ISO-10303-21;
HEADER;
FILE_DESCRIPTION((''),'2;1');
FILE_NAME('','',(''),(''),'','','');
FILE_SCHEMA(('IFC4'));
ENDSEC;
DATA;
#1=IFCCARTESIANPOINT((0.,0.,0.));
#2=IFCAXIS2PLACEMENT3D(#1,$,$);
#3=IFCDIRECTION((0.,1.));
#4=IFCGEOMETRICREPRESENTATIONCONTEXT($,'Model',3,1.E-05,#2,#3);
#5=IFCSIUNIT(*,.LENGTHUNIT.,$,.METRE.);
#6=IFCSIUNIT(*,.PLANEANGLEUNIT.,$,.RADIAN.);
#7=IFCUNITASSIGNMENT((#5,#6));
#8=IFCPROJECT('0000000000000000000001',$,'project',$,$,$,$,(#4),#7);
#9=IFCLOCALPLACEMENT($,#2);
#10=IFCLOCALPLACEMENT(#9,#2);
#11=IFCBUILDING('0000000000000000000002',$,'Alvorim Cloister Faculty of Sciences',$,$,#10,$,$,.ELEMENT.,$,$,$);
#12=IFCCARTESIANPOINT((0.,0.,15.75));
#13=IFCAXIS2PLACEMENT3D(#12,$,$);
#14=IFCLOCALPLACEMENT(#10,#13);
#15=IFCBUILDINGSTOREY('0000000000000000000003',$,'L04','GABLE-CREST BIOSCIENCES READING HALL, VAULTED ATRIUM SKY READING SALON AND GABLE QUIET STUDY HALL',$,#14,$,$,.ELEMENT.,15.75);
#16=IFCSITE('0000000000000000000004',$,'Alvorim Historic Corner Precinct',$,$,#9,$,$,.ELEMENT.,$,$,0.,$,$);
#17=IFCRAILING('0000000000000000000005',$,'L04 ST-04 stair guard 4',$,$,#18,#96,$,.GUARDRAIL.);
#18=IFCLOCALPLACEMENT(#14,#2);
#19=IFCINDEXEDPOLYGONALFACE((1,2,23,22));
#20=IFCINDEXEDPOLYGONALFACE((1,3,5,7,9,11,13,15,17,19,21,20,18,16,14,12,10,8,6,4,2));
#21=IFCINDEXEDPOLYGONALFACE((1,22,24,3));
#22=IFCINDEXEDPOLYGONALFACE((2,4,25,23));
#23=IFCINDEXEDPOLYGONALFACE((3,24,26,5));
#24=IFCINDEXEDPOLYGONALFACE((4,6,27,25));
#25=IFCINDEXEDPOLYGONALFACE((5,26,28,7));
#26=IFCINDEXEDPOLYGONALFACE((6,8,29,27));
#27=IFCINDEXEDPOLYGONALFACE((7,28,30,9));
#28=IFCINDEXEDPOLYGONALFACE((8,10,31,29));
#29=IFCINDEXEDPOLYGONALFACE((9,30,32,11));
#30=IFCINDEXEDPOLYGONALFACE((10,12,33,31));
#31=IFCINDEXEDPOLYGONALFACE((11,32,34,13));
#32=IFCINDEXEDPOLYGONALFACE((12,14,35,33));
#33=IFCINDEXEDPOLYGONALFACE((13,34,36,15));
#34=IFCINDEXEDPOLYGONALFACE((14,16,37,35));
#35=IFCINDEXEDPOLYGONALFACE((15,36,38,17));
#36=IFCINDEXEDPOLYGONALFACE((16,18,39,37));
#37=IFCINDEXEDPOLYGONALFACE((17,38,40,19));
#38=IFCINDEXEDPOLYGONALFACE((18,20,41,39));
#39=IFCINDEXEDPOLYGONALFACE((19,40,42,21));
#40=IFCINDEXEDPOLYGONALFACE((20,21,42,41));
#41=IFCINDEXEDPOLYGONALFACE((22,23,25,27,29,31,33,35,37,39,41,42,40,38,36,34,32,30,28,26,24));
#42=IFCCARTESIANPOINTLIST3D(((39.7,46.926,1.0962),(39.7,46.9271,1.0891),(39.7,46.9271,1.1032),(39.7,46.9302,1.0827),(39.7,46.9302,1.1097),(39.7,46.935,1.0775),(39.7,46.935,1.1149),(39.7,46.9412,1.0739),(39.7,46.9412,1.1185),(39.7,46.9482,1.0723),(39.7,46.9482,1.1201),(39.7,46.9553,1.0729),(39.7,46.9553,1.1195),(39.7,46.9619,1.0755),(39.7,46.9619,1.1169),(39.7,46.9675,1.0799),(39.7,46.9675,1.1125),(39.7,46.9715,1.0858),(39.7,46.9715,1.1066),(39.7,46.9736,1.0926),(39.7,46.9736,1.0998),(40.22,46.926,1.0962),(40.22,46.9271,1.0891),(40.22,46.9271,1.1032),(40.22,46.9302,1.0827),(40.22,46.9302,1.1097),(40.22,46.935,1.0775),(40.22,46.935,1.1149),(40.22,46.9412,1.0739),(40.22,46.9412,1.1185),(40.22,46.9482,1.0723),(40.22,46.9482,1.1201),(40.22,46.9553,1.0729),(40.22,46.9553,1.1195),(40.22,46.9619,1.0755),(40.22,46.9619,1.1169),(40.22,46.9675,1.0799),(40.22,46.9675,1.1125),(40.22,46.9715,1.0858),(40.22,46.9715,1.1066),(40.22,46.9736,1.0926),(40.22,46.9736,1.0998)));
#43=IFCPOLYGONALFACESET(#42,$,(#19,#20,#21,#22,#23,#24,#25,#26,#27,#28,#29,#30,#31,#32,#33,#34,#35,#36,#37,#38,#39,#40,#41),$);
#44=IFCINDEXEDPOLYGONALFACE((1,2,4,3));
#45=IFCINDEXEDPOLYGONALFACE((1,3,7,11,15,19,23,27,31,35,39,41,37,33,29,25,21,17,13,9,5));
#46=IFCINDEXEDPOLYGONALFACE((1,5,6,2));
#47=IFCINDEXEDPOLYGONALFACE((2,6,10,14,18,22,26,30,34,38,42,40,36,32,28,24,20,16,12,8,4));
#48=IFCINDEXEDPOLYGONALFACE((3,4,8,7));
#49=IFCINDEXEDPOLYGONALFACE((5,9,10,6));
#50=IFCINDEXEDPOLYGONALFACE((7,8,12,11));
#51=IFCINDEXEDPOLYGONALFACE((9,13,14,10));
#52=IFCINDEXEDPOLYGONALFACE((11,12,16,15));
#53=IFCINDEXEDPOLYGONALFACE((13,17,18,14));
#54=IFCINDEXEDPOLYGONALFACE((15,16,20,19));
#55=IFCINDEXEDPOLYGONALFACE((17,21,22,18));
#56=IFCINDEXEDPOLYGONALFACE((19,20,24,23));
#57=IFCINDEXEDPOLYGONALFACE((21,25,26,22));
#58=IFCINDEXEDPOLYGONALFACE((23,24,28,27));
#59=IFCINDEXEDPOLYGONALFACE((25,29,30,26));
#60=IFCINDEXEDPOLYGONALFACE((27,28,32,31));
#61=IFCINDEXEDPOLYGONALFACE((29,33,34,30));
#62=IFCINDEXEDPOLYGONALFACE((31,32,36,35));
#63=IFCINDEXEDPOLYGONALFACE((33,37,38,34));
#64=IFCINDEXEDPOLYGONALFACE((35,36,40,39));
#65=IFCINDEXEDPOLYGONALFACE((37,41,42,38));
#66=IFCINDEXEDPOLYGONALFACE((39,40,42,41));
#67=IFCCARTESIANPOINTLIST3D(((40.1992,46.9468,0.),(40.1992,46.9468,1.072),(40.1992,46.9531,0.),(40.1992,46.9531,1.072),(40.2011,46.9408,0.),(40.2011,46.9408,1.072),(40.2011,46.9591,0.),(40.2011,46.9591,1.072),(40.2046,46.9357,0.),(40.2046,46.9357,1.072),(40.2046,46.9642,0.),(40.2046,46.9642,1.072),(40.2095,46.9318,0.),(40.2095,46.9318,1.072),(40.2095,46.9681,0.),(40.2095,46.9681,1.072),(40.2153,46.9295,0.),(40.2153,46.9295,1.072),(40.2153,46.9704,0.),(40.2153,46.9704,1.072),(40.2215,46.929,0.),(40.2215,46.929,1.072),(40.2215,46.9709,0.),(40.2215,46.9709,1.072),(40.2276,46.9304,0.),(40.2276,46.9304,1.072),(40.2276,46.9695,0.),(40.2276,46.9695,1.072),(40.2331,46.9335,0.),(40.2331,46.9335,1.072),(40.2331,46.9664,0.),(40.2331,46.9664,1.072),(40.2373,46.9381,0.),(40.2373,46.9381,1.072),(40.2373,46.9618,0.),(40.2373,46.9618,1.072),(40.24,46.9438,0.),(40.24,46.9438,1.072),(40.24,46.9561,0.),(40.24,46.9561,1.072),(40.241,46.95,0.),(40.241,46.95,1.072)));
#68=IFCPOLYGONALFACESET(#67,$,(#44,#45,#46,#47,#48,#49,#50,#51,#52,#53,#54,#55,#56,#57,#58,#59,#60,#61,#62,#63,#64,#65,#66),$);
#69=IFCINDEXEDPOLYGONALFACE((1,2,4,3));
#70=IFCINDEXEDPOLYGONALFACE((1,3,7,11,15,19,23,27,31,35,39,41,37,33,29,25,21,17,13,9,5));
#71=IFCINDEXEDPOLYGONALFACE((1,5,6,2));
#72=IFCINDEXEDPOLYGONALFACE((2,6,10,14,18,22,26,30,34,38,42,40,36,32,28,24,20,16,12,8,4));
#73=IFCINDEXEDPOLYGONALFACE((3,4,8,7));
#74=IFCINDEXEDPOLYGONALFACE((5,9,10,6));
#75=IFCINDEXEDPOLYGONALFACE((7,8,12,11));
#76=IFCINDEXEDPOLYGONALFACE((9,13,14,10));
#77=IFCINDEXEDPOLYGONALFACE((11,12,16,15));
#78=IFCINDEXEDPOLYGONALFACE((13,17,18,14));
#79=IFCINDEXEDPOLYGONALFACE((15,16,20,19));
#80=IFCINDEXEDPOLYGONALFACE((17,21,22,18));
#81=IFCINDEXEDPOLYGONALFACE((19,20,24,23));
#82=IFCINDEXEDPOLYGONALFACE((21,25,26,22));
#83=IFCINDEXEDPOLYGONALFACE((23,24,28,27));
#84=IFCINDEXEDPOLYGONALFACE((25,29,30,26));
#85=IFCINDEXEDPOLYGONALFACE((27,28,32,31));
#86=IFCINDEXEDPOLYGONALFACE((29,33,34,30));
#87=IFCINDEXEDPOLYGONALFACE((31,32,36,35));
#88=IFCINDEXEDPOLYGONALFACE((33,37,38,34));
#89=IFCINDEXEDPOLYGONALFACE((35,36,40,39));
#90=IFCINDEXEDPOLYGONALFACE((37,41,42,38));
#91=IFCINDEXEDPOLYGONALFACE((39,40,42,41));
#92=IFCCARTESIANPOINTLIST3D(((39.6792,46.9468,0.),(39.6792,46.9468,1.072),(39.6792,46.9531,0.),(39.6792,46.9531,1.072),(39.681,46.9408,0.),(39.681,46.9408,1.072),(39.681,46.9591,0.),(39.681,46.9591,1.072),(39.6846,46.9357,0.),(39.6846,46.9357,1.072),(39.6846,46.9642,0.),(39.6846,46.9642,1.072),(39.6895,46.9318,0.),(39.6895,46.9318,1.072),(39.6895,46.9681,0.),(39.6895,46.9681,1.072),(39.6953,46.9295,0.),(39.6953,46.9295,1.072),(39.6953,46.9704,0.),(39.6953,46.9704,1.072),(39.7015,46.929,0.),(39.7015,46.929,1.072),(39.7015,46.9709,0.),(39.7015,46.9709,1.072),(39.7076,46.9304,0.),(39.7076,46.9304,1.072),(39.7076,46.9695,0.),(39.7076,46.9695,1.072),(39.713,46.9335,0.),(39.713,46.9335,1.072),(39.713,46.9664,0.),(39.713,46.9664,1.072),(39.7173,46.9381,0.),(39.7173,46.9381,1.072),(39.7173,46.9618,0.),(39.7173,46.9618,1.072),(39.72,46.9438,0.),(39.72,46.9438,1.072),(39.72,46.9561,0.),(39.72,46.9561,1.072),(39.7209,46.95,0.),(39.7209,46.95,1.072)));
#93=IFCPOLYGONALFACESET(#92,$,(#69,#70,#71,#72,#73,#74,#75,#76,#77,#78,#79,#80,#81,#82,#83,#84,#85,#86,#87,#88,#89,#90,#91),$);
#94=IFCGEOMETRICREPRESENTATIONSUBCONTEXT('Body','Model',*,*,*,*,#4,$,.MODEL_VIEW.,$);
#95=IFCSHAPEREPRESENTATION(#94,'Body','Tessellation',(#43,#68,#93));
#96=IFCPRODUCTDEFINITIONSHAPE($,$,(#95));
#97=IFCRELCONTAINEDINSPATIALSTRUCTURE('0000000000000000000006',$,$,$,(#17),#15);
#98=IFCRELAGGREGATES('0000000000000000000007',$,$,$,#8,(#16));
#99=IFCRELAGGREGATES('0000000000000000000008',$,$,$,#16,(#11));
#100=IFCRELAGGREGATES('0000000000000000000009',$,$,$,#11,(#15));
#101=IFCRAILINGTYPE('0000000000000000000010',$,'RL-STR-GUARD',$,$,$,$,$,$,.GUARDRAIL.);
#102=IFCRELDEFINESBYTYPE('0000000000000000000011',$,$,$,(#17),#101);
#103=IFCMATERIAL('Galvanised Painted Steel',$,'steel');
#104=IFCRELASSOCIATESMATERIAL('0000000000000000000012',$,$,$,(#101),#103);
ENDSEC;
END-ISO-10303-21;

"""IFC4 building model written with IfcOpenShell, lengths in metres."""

from ifc_helpers import new_model, si_unit, direction, frame, origin, origin_2d, place, context, subcontext, project, spatial, circle, extrude, material, type_object, element, save


model = new_model("IFC4")

# Units and contexts
model_context = context("Model", 3, precision=1e-05, world=origin(), true_north=direction((0.0, 1.0)))
body_context = subcontext(model_context, "Body", "Model", "MODEL_VIEW")
ifc_project = project(units=[si_unit("LENGTHUNIT", "METRE"), si_unit("PLANEANGLEUNIT", "RADIAN")], contexts=[model_context])

# Site, building, storey
site_placement = place(None, origin())
site = spatial("IfcSite", under=ifc_project, at=site_placement, Name="Alvorim Historic Corner Precinct", CompositionType="ELEMENT", RefElevation=0.0)
building_placement = place(site_placement, origin())
building = spatial("IfcBuilding", under=site, at=building_placement, Name="Alvorim Cloister Faculty of Sciences", CompositionType="ELEMENT")
storey_placement = place(building_placement, frame((0.0, 0.0, 15.75)))
storey = spatial("IfcBuildingStorey", under=building, at=storey_placement, Name="L04", Description="GABLE-CREST BIOSCIENCES READING HALL, VAULTED ATRIUM SKY READING SALON AND GABLE QUIET STUDY HALL", CompositionType="ELEMENT", Elevation=15.75)

# Railing
ifc_material_1 = material(Name="Galvanised Painted Steel", Category="steel")
railing_type_1 = type_object("IfcRailingType", Name="RL-STR-GUARD", PredefinedType="GUARDRAIL", material=ifc_material_1)
railing_1_placement = place(storey_placement, frame((40.22, 46.95, 0.0)))
element("IfcRailing", 1, at=railing_1_placement, inside=storey, type_object=railing_type_1, Name="L04 ST-04 stair guard 4", PredefinedType="GUARDRAIL", context=body_context, shape_type="SweptSolid", body=[
    extrude(circle(Radius=0.0239, at=origin_2d()), frame((0.0, 0.0, 1.0962), z_axis=(-1.0, 0.0, 0.0), x_axis=(0.0, -1.0, 0.0)), (0.0, 0.0, 1.0), 0.52),
    extrude(circle(Radius=0.021, at=origin_2d()), origin(), (0.0, 0.0, 1.0), 1.072),
    extrude(circle(Radius=0.021, at=origin_2d()), frame((-0.52, 0.0, 0.0)), (0.0, 0.0, 1.0), 1.072),
])

save(model, "model.ifc")
